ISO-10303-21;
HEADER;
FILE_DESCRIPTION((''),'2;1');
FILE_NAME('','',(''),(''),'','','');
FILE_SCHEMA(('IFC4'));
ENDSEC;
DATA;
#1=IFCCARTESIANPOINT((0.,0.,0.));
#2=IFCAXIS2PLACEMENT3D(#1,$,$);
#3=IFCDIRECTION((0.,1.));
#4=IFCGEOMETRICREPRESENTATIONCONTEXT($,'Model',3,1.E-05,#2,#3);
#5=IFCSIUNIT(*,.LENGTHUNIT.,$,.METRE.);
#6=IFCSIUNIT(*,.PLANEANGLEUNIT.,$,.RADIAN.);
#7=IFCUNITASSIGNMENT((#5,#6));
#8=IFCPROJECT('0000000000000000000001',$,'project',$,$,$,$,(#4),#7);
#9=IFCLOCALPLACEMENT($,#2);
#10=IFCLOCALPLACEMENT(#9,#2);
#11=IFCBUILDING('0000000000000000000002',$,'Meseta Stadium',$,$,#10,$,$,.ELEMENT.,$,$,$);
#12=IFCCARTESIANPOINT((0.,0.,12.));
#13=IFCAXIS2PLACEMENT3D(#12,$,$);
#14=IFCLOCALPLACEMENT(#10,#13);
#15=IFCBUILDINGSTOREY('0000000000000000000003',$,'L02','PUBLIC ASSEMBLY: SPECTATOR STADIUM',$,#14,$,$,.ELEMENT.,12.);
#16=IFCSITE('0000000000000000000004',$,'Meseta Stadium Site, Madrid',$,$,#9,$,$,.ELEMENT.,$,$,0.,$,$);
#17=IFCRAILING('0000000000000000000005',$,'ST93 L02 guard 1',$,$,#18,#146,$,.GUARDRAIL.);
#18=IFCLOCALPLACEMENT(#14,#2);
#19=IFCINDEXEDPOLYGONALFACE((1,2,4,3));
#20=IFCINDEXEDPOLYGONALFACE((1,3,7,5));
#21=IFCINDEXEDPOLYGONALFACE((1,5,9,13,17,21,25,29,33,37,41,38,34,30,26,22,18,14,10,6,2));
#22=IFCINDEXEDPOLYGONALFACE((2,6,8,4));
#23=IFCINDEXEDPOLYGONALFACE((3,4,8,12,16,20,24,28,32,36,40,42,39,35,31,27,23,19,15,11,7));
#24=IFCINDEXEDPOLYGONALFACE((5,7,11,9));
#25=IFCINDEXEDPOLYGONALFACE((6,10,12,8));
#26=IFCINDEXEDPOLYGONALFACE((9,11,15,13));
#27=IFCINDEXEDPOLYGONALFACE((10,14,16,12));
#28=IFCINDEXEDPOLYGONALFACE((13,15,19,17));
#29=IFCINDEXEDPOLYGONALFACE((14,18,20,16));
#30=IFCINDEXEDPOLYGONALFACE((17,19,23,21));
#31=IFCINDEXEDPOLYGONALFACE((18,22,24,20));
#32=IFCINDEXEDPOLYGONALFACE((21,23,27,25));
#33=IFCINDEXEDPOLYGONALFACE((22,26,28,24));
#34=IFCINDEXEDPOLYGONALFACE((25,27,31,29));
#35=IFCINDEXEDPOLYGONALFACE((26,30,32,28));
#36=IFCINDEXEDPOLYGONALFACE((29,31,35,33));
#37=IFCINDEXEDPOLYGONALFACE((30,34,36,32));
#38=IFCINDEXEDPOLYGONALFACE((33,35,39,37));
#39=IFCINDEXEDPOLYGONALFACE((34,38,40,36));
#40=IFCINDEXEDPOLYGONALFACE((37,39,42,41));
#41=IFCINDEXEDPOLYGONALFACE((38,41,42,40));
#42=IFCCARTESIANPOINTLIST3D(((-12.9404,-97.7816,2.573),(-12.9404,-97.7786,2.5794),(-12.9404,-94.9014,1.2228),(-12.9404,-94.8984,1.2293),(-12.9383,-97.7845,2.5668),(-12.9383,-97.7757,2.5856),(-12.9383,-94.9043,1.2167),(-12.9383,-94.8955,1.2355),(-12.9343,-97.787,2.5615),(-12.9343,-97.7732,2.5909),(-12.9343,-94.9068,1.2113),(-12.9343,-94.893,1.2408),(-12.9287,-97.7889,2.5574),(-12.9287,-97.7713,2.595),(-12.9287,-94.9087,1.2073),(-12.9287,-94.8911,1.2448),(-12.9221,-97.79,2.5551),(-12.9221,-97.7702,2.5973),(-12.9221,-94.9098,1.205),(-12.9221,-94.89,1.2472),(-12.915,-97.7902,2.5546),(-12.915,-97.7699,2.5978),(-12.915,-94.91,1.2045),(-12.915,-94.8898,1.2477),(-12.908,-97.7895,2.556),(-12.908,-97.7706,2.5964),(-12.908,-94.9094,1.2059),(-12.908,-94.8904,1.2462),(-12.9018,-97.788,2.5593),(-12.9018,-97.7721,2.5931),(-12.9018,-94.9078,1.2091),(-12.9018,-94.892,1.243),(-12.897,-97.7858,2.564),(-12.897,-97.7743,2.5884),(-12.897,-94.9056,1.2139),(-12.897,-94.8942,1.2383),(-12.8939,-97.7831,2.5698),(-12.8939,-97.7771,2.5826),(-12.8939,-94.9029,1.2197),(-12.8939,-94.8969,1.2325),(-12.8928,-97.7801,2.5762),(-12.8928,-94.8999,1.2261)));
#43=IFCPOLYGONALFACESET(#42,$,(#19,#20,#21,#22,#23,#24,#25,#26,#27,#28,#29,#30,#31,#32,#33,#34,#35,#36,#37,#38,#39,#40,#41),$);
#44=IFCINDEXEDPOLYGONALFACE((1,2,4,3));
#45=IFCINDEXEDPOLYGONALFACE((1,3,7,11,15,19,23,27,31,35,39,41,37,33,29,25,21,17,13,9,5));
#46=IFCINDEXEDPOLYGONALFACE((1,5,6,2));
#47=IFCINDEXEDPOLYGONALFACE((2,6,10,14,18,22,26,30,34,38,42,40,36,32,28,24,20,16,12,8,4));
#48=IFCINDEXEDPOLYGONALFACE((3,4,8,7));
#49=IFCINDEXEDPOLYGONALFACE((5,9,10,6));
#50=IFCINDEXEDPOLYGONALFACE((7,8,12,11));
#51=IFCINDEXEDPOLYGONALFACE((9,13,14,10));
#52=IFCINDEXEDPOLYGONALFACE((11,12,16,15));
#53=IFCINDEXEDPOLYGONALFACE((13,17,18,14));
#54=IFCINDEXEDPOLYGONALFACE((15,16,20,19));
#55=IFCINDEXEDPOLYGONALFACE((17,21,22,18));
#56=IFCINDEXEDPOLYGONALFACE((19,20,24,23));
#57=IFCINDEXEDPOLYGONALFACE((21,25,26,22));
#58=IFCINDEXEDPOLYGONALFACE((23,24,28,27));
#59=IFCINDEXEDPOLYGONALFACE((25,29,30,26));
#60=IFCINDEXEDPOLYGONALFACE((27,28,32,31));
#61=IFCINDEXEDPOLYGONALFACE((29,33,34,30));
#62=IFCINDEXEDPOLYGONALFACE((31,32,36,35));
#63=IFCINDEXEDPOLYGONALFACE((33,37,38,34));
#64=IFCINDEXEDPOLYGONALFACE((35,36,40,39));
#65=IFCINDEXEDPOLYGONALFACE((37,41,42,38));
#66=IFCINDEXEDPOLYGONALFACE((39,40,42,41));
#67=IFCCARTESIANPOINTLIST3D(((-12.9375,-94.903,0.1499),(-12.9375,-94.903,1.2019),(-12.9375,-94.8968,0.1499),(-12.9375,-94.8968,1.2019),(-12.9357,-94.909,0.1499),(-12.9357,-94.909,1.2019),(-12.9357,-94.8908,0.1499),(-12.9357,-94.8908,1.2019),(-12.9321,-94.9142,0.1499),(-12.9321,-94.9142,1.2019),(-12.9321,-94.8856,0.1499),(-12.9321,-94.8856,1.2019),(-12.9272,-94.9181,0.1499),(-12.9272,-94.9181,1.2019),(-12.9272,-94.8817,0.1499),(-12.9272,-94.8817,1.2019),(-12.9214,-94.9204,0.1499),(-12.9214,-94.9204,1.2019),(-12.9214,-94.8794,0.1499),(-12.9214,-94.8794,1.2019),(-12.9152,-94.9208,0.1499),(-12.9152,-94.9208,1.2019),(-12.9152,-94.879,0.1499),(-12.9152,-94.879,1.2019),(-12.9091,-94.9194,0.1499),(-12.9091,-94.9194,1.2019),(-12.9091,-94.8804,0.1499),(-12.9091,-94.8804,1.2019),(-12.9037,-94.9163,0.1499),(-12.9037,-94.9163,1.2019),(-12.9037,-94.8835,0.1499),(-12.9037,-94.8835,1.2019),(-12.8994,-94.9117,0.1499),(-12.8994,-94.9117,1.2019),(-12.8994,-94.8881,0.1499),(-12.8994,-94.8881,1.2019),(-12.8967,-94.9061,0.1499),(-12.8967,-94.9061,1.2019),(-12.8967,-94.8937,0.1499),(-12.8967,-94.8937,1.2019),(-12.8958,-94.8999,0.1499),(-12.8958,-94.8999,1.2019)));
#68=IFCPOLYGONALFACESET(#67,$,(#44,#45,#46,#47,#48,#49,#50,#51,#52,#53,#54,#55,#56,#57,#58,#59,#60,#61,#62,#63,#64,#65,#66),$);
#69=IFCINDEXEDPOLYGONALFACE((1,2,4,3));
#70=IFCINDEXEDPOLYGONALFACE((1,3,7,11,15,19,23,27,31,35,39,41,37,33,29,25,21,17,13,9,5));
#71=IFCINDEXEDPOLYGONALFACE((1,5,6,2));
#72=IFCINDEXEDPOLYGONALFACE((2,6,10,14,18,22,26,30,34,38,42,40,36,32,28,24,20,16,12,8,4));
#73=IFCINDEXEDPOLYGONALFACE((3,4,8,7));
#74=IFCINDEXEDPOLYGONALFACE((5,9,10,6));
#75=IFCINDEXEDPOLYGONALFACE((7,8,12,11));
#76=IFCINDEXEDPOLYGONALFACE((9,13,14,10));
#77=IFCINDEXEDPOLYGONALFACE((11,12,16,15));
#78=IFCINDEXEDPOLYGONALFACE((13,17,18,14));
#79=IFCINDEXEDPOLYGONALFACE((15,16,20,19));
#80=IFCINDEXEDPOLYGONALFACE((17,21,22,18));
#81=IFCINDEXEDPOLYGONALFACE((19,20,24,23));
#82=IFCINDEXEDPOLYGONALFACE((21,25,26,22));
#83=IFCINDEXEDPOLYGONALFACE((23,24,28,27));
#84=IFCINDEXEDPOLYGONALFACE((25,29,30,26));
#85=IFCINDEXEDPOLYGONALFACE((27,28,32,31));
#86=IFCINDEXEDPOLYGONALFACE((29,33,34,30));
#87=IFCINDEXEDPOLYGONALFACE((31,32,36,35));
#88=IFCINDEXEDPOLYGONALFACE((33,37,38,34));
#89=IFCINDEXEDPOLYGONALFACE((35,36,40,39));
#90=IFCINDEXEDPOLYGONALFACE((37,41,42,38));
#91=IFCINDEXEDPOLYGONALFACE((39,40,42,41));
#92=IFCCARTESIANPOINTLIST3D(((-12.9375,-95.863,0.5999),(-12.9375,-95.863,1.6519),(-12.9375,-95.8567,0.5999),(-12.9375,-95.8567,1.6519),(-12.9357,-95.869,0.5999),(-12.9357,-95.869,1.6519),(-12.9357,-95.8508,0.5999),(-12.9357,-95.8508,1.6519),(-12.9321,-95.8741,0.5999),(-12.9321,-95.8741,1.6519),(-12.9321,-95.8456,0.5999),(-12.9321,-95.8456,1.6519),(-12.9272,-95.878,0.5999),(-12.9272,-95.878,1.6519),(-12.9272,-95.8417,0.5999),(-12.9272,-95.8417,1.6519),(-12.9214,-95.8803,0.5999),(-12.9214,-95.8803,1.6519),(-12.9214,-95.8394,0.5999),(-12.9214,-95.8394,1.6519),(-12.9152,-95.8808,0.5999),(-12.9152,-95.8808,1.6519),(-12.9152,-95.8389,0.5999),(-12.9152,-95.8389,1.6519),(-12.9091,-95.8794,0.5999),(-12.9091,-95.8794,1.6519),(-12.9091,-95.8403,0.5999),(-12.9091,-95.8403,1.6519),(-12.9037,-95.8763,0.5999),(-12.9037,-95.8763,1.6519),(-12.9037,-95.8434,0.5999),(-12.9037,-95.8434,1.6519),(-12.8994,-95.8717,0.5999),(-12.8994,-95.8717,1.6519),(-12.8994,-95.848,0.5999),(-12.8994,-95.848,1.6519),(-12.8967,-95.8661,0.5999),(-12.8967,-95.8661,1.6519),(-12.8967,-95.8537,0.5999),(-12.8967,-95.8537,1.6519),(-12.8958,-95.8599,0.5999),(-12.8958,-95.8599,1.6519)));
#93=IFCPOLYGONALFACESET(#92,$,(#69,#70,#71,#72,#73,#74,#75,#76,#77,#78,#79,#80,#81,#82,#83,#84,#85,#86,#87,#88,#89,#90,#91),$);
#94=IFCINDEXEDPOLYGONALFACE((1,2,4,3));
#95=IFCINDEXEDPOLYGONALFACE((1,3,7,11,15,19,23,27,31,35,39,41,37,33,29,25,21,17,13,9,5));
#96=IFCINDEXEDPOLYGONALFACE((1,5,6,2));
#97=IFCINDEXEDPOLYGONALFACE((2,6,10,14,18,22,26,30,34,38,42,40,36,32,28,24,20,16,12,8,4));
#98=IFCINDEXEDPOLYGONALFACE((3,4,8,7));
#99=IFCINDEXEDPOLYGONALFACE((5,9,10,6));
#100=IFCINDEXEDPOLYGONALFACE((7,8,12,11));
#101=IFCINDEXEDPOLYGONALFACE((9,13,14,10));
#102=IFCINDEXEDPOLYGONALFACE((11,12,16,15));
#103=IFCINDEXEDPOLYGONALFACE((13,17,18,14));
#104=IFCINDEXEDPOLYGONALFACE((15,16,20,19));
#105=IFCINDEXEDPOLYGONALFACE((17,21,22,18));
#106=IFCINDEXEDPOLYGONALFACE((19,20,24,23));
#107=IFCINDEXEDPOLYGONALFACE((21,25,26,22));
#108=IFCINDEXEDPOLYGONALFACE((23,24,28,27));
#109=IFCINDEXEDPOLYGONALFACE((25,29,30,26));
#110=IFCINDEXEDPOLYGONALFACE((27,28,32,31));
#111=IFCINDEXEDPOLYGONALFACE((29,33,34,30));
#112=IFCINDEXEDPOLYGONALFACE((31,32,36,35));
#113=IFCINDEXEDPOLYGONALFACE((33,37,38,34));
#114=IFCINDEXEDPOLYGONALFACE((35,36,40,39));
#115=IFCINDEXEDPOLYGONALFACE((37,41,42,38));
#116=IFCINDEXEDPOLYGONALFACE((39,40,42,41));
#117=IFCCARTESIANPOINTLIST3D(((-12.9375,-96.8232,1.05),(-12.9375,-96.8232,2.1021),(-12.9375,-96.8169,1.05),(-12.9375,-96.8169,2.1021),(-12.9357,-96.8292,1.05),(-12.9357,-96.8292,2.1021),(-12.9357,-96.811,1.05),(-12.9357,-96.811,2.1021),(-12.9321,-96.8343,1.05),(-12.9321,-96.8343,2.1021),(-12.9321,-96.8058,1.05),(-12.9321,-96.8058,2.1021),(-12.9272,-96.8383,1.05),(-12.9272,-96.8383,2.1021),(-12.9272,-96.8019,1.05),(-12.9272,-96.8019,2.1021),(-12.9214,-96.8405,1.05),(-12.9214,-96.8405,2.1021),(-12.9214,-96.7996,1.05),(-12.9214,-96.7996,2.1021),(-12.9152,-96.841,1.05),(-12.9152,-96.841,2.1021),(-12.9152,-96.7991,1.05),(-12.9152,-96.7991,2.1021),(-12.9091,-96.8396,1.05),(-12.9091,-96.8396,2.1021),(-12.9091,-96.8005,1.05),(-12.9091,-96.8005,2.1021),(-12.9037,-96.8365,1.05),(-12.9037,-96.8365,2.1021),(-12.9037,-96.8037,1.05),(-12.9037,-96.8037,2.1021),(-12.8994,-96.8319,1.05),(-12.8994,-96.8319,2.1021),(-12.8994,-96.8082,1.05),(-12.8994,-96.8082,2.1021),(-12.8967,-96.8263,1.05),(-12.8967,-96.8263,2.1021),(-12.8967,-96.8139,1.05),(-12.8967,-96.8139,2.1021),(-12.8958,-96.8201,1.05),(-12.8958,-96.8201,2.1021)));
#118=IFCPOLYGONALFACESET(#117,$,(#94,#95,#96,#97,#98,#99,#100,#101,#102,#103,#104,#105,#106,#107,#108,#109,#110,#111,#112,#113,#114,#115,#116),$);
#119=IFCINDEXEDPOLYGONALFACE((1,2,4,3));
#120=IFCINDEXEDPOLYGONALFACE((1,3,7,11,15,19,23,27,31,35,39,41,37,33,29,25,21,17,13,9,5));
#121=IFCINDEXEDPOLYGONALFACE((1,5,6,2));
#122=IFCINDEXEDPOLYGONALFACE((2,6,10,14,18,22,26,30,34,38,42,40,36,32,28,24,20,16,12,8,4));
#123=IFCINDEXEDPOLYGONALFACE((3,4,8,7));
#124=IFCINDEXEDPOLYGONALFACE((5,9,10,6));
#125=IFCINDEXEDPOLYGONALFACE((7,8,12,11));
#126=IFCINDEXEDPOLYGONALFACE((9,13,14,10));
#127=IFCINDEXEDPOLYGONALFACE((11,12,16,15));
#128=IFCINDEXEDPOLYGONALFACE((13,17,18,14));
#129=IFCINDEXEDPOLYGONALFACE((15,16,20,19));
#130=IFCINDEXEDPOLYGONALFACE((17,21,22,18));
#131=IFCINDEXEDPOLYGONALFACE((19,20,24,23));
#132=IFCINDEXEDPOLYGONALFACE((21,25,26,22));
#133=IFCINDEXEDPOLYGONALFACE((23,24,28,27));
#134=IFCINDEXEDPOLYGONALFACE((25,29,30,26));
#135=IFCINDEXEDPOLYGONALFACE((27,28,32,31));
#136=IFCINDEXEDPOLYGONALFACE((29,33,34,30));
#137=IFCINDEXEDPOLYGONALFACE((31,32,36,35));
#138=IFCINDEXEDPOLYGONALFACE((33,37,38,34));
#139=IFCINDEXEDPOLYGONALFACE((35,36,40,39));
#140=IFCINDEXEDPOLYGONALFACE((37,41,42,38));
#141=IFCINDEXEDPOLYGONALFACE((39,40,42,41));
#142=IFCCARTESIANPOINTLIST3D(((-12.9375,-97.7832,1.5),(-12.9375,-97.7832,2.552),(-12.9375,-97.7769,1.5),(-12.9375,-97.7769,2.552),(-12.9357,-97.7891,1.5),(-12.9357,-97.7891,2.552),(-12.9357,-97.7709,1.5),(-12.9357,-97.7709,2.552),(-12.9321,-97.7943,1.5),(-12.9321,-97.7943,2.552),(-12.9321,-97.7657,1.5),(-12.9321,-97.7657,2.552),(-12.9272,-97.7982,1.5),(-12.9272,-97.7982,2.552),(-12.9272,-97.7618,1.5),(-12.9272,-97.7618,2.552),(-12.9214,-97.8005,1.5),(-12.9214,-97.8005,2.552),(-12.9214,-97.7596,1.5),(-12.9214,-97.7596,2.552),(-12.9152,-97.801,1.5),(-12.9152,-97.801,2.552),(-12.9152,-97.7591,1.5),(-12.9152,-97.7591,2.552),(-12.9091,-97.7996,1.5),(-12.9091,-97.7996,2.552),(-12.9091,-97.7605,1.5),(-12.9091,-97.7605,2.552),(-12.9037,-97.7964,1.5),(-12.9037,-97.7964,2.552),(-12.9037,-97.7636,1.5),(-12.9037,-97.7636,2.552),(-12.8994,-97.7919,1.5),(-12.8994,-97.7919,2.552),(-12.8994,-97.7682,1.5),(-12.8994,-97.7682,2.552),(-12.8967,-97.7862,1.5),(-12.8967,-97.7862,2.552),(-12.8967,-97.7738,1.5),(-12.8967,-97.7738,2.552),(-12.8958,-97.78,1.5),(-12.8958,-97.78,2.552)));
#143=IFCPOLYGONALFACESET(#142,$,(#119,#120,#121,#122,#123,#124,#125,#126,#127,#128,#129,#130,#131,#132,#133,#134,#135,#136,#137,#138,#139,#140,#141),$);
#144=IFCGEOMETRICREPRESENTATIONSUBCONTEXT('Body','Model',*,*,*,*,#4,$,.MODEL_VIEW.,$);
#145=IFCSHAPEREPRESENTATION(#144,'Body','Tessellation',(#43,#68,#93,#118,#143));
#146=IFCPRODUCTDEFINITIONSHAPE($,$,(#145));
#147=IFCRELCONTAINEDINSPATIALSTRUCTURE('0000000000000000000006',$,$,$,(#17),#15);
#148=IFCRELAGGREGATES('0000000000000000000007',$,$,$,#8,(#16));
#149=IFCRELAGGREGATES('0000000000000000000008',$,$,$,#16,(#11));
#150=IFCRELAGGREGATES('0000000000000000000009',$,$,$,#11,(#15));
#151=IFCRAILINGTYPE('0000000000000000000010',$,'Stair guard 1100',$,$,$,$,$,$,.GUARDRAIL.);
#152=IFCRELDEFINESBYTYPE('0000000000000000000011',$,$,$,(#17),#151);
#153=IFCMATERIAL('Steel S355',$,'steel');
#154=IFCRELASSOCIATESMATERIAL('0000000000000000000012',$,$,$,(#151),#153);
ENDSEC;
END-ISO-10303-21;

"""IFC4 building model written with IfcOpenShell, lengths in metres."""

from ifc_helpers import new_model, si_unit, direction, frame, origin, origin_2d, place, context, subcontext, project, spatial, circle, extrude, material, type_object, element, save


model = new_model("IFC4")

# Units and contexts
model_context = context("Model", 3, precision=1e-05, world=origin(), true_north=direction((0.0, 1.0)))
body_context = subcontext(model_context, "Body", "Model", "MODEL_VIEW")
ifc_project = project(units=[si_unit("LENGTHUNIT", "METRE"), si_unit("PLANEANGLEUNIT", "RADIAN")], contexts=[model_context])

# Site, building, storey
site_placement = place(None, origin())
site = spatial("IfcSite", under=ifc_project, at=site_placement, Name="Meseta Stadium Site, Madrid", CompositionType="ELEMENT", RefElevation=0.0)
building_placement = place(site_placement, origin())
building = spatial("IfcBuilding", under=site, at=building_placement, Name="Meseta Stadium", CompositionType="ELEMENT")
storey_placement = place(building_placement, frame((0.0, 0.0, 12.0)))
storey = spatial("IfcBuildingStorey", under=building, at=storey_placement, Name="L02", Description="PUBLIC ASSEMBLY: SPECTATOR STADIUM", CompositionType="ELEMENT", Elevation=12.0)

# Railing
ifc_material_1 = material(Name="Steel S355", Category="steel")
railing_type_1 = type_object("IfcRailingType", Name="Stair guard 1100", PredefinedType="GUARDRAIL", material=ifc_material_1)
railing_1_placement = place(storey_placement, frame((-12.9167, -94.8999, 0.1499)))
element("IfcRailing", 1, at=railing_1_placement, inside=storey, type_object=railing_type_1, Name="ST93 L02 guard 1", PredefinedType="GUARDRAIL", context=body_context, shape_type="SweptSolid", body=[
    extrude(circle(Radius=0.0239, at=origin_2d()), frame((0.0, 0.0, 1.0762), z_axis=(0.0, -0.905454, 0.424444), x_axis=(1.0, 0.0, 0.0)), (0.0, 0.0, 1.0), 3.1809),
    extrude(circle(Radius=0.021, at=origin_2d()), origin(), (0.0, 0.0, 1.0), 1.052),
    extrude(circle(Radius=0.021, at=origin_2d()), frame((0.0, -0.96, 0.45)), (0.0, 0.0, 1.0), 1.052),
    extrude(circle(Radius=0.021, at=origin_2d()), frame((0.0, -1.9202, 0.9001)), (0.0, 0.0, 1.0), 1.052),
    extrude(circle(Radius=0.021, at=origin_2d()), frame((0.0, -2.8801, 1.3501)), (0.0, 0.0, 1.0), 1.052),
])

save(model, "model.ifc")
